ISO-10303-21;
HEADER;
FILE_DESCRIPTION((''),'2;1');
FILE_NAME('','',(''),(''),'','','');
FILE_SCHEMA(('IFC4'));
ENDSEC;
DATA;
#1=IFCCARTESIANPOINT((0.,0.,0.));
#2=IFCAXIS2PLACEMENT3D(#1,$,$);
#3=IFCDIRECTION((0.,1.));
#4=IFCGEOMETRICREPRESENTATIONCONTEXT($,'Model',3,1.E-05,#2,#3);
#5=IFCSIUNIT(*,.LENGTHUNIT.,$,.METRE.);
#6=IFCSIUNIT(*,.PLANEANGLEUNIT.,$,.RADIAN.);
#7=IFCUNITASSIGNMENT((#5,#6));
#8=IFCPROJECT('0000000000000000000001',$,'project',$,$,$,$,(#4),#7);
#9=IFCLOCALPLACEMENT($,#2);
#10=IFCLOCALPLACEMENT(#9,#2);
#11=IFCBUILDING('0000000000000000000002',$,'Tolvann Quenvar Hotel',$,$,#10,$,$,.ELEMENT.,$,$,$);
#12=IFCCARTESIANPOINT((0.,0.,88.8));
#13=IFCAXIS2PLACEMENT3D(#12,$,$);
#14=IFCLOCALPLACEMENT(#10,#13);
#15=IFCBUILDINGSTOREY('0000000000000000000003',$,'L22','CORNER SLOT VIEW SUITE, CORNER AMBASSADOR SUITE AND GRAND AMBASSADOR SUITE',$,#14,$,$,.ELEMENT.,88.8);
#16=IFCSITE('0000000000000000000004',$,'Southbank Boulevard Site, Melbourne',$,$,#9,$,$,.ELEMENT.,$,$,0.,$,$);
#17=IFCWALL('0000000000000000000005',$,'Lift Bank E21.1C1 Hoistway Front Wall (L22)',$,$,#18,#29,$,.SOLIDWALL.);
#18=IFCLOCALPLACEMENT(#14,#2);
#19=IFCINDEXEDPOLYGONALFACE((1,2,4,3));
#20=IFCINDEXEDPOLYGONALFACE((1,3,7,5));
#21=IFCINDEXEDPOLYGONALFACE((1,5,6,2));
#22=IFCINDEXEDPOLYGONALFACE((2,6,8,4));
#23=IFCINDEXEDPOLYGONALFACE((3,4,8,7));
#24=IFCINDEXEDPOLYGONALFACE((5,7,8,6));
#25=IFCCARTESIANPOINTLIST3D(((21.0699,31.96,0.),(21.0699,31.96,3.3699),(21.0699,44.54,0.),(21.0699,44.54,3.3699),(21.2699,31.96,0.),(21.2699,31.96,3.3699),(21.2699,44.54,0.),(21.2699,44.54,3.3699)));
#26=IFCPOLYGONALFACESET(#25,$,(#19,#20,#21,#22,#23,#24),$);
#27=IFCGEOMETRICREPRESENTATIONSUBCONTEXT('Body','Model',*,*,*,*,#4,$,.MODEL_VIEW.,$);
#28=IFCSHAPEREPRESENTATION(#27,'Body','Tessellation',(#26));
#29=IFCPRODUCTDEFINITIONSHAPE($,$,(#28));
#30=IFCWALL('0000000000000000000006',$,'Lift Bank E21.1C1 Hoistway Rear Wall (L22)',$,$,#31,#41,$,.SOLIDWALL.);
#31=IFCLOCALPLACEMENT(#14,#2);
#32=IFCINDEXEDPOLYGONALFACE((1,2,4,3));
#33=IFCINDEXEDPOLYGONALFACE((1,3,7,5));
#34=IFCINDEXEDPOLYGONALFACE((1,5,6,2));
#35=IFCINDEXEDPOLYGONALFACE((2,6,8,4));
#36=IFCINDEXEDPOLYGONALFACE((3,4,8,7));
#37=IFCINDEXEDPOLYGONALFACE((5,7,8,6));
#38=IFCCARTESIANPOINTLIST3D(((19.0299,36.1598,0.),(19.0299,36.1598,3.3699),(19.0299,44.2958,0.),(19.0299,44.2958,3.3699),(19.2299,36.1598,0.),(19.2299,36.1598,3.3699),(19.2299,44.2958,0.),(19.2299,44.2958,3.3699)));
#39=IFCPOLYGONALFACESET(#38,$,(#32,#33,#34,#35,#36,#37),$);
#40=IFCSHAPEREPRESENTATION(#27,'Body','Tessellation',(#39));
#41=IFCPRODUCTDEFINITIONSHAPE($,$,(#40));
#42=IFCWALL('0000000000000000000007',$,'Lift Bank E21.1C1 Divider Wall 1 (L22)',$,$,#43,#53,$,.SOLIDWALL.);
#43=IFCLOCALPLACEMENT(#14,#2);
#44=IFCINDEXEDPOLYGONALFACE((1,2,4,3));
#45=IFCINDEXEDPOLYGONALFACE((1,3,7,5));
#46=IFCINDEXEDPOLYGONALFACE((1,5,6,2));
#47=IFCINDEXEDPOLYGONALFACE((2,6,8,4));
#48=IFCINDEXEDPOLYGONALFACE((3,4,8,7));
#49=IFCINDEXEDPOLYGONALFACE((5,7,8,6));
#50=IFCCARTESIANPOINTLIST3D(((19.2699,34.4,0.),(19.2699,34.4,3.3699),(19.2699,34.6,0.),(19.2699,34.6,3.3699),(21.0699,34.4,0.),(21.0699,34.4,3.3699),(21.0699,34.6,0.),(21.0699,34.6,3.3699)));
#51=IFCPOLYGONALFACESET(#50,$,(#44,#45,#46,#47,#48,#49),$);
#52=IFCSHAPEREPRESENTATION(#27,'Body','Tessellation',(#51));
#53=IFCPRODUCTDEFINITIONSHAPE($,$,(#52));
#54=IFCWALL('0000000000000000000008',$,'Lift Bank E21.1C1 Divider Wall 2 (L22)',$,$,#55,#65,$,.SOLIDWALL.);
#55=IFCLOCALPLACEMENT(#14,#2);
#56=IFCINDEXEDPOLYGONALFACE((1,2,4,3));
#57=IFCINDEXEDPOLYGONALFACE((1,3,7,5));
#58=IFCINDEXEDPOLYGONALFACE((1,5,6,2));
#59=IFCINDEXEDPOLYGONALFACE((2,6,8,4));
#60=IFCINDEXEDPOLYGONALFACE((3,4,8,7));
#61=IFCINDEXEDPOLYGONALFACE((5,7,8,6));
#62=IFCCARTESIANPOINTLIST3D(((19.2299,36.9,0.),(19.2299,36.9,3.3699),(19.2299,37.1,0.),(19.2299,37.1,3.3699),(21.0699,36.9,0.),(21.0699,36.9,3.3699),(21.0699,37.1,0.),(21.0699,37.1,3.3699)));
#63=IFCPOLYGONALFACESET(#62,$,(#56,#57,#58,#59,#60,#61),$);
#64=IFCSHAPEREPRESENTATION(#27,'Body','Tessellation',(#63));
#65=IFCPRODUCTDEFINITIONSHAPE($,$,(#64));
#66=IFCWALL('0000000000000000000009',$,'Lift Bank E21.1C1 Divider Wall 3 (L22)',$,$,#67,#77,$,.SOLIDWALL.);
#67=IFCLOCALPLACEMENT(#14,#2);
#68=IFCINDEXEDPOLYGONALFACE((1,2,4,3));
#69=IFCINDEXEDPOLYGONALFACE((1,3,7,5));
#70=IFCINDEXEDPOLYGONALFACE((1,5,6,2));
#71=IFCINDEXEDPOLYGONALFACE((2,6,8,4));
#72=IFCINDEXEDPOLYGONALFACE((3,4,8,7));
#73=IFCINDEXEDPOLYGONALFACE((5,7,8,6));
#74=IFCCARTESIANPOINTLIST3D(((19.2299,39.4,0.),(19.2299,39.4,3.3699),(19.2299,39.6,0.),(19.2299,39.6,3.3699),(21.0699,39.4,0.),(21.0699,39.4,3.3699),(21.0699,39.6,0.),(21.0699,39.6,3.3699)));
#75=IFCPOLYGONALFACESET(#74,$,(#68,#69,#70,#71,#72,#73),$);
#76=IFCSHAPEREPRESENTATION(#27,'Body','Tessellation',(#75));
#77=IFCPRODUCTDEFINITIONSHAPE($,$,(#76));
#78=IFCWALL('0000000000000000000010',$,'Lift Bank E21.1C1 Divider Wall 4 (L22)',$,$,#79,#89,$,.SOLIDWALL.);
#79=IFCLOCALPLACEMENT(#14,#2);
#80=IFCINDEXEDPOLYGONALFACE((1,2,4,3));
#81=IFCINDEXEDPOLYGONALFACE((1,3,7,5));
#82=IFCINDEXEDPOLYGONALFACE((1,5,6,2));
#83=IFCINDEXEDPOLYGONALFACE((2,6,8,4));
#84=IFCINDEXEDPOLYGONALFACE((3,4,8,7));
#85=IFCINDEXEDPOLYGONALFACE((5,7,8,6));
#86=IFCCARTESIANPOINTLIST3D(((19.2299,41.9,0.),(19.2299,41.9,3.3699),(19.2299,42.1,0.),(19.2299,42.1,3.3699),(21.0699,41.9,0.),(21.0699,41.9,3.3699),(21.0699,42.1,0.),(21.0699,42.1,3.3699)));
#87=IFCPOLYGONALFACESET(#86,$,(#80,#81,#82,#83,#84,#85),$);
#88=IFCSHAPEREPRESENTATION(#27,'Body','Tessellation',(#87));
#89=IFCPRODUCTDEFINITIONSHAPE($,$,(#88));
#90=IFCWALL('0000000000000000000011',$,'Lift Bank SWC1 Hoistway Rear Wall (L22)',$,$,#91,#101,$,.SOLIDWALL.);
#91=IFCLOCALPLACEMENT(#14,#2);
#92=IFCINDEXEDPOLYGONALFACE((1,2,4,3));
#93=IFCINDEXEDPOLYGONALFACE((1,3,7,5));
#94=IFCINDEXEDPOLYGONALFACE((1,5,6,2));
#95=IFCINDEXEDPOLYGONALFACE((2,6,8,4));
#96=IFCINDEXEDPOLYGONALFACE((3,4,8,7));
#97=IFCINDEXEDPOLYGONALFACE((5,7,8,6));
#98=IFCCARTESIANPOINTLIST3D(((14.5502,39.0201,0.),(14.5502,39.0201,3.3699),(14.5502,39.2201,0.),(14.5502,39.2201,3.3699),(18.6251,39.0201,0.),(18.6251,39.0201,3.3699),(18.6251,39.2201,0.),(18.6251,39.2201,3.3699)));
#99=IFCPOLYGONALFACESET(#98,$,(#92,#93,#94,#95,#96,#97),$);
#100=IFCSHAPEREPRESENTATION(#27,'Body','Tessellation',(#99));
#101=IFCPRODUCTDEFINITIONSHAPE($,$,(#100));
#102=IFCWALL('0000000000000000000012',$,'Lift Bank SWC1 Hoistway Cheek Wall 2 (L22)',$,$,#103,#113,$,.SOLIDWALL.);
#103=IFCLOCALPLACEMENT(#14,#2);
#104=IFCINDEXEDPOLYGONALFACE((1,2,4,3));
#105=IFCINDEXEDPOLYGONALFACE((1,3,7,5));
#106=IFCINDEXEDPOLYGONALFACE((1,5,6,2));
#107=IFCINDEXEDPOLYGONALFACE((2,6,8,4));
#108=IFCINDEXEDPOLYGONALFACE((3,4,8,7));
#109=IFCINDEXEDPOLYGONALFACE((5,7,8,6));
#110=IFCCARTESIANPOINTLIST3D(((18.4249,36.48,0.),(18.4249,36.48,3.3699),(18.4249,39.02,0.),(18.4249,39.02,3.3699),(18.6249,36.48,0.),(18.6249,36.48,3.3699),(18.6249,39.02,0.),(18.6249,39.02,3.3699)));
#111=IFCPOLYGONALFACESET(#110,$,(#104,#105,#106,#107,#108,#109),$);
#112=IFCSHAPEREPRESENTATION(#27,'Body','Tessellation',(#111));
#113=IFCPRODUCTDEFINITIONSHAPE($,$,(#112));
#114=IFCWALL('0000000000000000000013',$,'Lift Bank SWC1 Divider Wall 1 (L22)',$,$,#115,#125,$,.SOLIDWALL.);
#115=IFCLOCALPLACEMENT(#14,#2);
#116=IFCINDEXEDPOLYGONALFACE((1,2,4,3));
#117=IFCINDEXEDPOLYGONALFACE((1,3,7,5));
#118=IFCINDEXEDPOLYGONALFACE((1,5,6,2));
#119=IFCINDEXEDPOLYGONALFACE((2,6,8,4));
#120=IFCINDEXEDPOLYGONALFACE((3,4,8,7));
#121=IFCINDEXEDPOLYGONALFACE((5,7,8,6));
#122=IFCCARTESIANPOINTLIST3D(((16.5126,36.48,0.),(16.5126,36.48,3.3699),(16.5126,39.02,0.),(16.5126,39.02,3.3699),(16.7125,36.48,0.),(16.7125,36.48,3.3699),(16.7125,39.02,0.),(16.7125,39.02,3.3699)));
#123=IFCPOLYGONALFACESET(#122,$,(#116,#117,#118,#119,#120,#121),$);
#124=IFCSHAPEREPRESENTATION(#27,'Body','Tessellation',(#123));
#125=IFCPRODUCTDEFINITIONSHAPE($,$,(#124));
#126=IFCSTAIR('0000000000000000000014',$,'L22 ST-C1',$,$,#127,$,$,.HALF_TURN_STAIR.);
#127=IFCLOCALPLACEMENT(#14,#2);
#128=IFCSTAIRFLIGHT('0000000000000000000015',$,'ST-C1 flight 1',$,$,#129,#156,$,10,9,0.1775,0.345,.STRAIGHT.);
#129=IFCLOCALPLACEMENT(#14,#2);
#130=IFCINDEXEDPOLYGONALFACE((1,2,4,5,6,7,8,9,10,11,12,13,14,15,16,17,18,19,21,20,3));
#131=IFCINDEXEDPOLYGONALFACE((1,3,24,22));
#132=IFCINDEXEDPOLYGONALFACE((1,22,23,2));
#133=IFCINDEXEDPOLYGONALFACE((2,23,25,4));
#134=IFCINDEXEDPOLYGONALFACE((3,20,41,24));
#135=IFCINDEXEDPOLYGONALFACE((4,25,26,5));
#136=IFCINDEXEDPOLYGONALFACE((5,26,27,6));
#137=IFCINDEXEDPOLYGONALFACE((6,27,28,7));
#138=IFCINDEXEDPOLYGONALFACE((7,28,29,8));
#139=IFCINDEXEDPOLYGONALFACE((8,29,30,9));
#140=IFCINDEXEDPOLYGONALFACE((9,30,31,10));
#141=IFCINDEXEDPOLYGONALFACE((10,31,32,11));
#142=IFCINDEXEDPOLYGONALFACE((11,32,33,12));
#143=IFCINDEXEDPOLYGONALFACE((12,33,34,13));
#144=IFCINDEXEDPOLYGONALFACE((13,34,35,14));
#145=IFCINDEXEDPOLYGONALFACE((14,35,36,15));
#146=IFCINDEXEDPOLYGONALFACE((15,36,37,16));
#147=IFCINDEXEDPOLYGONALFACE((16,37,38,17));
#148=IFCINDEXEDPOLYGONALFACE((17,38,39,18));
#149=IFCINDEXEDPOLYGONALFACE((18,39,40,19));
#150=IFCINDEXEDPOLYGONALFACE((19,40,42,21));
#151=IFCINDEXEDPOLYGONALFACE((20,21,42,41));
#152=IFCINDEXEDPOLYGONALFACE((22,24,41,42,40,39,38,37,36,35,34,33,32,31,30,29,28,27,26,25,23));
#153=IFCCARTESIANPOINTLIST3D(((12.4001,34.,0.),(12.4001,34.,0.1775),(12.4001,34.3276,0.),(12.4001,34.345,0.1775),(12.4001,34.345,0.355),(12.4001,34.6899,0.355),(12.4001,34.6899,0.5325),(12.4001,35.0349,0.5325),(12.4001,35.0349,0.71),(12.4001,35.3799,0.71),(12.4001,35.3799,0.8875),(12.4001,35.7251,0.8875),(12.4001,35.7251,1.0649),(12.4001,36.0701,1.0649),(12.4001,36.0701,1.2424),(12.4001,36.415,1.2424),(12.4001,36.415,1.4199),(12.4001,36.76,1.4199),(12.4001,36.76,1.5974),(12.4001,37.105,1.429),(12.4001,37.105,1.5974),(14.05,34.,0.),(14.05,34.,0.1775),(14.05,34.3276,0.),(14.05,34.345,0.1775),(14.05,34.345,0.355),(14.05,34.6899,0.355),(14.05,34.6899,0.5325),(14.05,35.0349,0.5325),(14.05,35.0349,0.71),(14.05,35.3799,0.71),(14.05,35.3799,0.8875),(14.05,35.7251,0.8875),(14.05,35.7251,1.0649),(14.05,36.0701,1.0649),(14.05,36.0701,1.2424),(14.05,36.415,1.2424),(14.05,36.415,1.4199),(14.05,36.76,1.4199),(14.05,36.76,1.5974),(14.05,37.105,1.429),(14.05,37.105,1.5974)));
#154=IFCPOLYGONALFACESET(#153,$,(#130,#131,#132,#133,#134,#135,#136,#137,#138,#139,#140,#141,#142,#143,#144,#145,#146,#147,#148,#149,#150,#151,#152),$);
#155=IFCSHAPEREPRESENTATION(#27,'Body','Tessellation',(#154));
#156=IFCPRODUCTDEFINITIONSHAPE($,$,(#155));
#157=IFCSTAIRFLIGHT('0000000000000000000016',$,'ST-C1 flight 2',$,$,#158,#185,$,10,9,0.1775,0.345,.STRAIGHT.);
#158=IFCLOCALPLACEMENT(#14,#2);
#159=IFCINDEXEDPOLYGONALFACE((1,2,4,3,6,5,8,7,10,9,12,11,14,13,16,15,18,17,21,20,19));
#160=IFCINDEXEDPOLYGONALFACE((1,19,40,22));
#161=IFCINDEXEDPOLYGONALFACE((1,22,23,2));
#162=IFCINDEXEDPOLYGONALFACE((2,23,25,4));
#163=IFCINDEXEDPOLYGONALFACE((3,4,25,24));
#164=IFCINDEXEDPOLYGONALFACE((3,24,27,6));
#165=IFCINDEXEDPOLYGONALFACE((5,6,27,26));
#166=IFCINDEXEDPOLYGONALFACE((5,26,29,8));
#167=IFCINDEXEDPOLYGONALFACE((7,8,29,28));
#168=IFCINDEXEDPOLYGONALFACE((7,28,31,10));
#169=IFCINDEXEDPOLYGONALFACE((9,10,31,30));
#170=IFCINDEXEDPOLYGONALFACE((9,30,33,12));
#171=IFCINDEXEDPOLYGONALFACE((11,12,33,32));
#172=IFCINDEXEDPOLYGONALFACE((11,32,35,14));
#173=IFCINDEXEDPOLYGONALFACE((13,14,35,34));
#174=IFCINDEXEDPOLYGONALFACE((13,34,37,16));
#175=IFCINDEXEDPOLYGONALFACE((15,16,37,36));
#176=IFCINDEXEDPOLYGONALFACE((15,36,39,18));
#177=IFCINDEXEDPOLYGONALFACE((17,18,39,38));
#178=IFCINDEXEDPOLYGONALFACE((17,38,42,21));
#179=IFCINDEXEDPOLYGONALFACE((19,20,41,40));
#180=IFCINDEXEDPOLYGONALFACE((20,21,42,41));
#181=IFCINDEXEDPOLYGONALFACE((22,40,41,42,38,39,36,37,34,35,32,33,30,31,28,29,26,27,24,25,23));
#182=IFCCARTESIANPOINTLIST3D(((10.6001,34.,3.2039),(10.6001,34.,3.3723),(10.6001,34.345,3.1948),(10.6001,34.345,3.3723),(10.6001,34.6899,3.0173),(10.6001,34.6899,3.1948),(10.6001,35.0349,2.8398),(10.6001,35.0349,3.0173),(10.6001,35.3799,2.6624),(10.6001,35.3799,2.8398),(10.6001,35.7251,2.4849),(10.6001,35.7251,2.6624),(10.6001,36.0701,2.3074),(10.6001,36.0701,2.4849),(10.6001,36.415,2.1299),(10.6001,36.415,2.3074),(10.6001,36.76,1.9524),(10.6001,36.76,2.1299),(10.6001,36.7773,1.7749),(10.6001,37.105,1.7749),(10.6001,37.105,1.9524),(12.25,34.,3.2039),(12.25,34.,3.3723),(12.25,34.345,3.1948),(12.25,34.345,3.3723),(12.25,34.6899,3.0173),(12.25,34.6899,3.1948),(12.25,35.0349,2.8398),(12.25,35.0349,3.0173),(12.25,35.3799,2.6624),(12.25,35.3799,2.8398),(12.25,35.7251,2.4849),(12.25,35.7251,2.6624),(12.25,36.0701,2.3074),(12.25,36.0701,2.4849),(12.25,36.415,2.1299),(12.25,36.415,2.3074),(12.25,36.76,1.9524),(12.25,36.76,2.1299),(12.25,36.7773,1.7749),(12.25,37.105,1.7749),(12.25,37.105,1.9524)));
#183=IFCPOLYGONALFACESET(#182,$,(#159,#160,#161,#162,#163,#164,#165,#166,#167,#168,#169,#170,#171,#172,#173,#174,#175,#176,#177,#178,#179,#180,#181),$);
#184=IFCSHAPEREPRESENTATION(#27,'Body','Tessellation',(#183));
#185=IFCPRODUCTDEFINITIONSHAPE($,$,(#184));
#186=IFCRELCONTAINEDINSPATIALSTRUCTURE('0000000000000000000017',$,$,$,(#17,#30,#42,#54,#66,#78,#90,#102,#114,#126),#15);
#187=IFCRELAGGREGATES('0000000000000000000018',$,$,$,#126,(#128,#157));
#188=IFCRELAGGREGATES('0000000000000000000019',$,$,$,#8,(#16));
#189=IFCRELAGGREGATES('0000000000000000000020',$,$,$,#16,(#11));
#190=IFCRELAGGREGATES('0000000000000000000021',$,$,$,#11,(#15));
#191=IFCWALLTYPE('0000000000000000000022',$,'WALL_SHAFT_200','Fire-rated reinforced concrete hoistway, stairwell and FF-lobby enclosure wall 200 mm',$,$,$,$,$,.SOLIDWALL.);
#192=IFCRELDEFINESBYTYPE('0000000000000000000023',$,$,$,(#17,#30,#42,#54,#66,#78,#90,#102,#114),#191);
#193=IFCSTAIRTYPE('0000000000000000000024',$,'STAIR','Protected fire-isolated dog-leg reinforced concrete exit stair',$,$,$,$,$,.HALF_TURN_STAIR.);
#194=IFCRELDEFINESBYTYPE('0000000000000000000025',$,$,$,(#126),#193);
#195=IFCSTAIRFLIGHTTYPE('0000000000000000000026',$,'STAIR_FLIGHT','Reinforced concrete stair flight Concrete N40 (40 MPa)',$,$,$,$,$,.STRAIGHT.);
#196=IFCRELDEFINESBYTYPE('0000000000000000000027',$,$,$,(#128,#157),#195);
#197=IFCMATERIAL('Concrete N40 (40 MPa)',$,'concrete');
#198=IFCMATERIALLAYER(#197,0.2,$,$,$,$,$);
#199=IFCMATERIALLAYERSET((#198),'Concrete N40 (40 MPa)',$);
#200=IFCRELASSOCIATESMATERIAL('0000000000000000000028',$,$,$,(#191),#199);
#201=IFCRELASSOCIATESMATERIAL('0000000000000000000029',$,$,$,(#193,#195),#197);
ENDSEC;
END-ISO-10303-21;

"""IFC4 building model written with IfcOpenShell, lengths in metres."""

from ifc_helpers import new_model, si_unit, direction, frame, frame_2d, origin, place, context, subcontext, project, spatial, polyline, rectangle, outline, extrude, material, layer, layer_set, type_object, element, aggregate, save


model = new_model("IFC4")

# Units and contexts
model_context = context("Model", 3, precision=1e-05, world=origin(), true_north=direction((0.0, 1.0)))
body_context = subcontext(model_context, "Body", "Model", "MODEL_VIEW")
ifc_project = project(units=[si_unit("LENGTHUNIT", "METRE"), si_unit("PLANEANGLEUNIT", "RADIAN")], contexts=[model_context])

# Site, building, storey
site_placement = place(None, origin())
site = spatial("IfcSite", under=ifc_project, at=site_placement, Name="Southbank Boulevard Site, Melbourne", CompositionType="ELEMENT", RefElevation=0.0)
building_placement = place(site_placement, origin())
building = spatial("IfcBuilding", under=site, at=building_placement, Name="Tolvann Quenvar Hotel", CompositionType="ELEMENT")
storey_placement = place(building_placement, frame((0.0, 0.0, 88.8)))
storey = spatial("IfcBuildingStorey", under=building, at=storey_placement, Name="L22", Description="CORNER SLOT VIEW SUITE, CORNER AMBASSADOR SUITE AND GRAND AMBASSADOR SUITE", CompositionType="ELEMENT", Elevation=88.8)

# Walls
ifc_material_1 = material(Name="Concrete N40 (40 MPa)", Category="concrete")
ifc_layer_1 = layer(ifc_material_1, 0.2)
ifc_layer_set_1 = layer_set([ifc_layer_1], Name="Concrete N40 (40 MPa)")
wall_type_1 = type_object("IfcWallType", Name="WALL_SHAFT_200", Description="Fire-rated reinforced concrete hoistway, stairwell and FF-lobby enclosure wall 200 mm", PredefinedType="SOLIDWALL", material=ifc_layer_set_1)
wall_1_placement = place(storey_placement, frame((21.1699, 31.96, 0.0), z_axis=(0.0, 0.0, 1.0), x_axis=(0.0, 1.0, 0.0)))
element("IfcWall", 1, at=wall_1_placement, inside=storey, type_object=wall_type_1, Name="Lift Bank E21.1C1 Hoistway Front Wall (L22)", PredefinedType="SOLIDWALL", context=body_context, shape_type="SweptSolid", body=[
    extrude(rectangle(XDim=12.5801, YDim=0.2, at=frame_2d((6.29, 0.0))), origin(), (0.0, 0.0, 1.0), 3.3699),
])
wall_2_placement = place(storey_placement, frame((19.1299, 36.1599, 0.0), z_axis=(0.0, 0.0, 1.0), x_axis=(0.0, 1.0, 0.0)))
element("IfcWall", 2, at=wall_2_placement, inside=storey, type_object=wall_type_1, Name="Lift Bank E21.1C1 Hoistway Rear Wall (L22)", PredefinedType="SOLIDWALL", context=body_context, shape_type="SweptSolid", body=[
    extrude(rectangle(XDim=8.136, YDim=0.2, at=frame_2d((4.0679, 0.0))), origin(), (0.0, 0.0, 1.0), 3.3699),
])
wall_3_placement = place(storey_placement, frame((19.27, 34.5, 0.0), z_axis=(0.0, 0.0, 1.0), x_axis=(1.0, 0.0, 0.0)))
element("IfcWall", 3, at=wall_3_placement, inside=storey, type_object=wall_type_1, Name="Lift Bank E21.1C1 Divider Wall 1 (L22)", PredefinedType="SOLIDWALL", context=body_context, shape_type="SweptSolid", body=[
    extrude(rectangle(XDim=1.8, YDim=0.2, at=frame_2d((0.8999, 0.0))), origin(), (0.0, 0.0, 1.0), 3.3699),
])
for number, where, z_axis, x_axis, name in (
    (4, (19.23, 37.0, 0.0), (0.0, 0.0, 1.0), (1.0, 0.0, 0.0), "Lift Bank E21.1C1 Divider Wall 2 (L22)"),
    (5, (19.23, 39.5, 0.0), (0.0, 0.0, 1.0), (1.0, 0.0, 0.0), "Lift Bank E21.1C1 Divider Wall 3 (L22)"),
    (6, (19.23, 42.0, 0.0), (0.0, 0.0, 1.0), (1.0, 0.0, 0.0), "Lift Bank E21.1C1 Divider Wall 4 (L22)"),
):
    element("IfcWall", number, at=place(storey_placement, frame(where, z_axis=z_axis, x_axis=x_axis)), inside=storey, type_object=wall_type_1, Name=name, PredefinedType="SOLIDWALL", context=body_context, shape_type="SweptSolid", body=[
        extrude(rectangle(XDim=1.8401, YDim=0.2, at=frame_2d((0.9199, 0.0))), origin(), (0.0, 0.0, 1.0), 3.3699),
    ])

# Walls
wall_4_placement = place(storey_placement, frame((14.55, 39.1201, 0.0), z_axis=(0.0, 0.0, 1.0), x_axis=(1.0, 0.0, 0.0)))
element("IfcWall", 7, at=wall_4_placement, inside=storey, type_object=wall_type_1, Name="Lift Bank SWC1 Hoistway Rear Wall (L22)", PredefinedType="SOLIDWALL", context=body_context, shape_type="SweptSolid", body=[
    extrude(rectangle(XDim=4.075, YDim=0.2, at=frame_2d((2.0376, 0.0))), origin(), (0.0, 0.0, 1.0), 3.3699),
])
for number, where, z_axis, x_axis, name in (
    (8, (18.5249, 36.48, 0.0), (0.0, 0.0, 1.0), (0.0, 1.0, 0.0), "Lift Bank SWC1 Hoistway Cheek Wall 2 (L22)"),
    (9, (16.6125, 36.48, 0.0), (0.0, 0.0, 1.0), (0.0, 1.0, 0.0), "Lift Bank SWC1 Divider Wall 1 (L22)"),
):
    element("IfcWall", number, at=place(storey_placement, frame(where, z_axis=z_axis, x_axis=x_axis)), inside=storey, type_object=wall_type_1, Name=name, PredefinedType="SOLIDWALL", context=body_context, shape_type="SweptSolid", body=[
        extrude(rectangle(XDim=2.54, YDim=0.2, at=frame_2d((1.27, 0.0))), origin(), (0.0, 0.0, 1.0), 3.3699),
    ])

# Stair, stair flights
stair_type = type_object("IfcStairType", Name="STAIR", Description="Protected fire-isolated dog-leg reinforced concrete exit stair", PredefinedType="HALF_TURN_STAIR", material=ifc_material_1)
stair_placement = place(storey_placement, origin())
stair = element("IfcStair", 10, at=stair_placement, inside=storey, type_object=stair_type, Name="L22 ST-C1", PredefinedType="HALF_TURN_STAIR")
stair_flight_type = type_object("IfcStairFlightType", Name="STAIR_FLIGHT", Description="Reinforced concrete stair flight Concrete N40 (40 MPa)", PredefinedType="STRAIGHT", material=ifc_material_1)
stair_flight_1_placement = place(storey_placement, frame((13.2251, 34.0, 0.0), z_axis=(0.0, 0.0, 1.0), x_axis=(0.0, 1.0, 0.0)))
stair_flight_1 = element("IfcStairFlight", 11, at=stair_flight_1_placement, type_object=stair_flight_type, Name="ST-C1 flight 1", NumberOfRisers=10, NumberOfTreads=9, PredefinedType="STRAIGHT", RiserHeight=0.1775, TreadLength=0.345, context=body_context, shape_type="SweptSolid", body=[
    extrude(outline(polyline([(0.0, 0.0), (0.0, 0.1775), (0.345, 0.1775), (0.345, 0.355), (0.6899, 0.355), (0.6899, 0.5325), (1.0349, 0.5325), (1.0349, 0.71), (1.3799, 0.71), (1.3799, 0.8875), (1.7251, 0.8875), (1.7251, 1.0649), (2.0701, 1.0649), (2.0701, 1.2424), (2.415, 1.2424), (2.415, 1.4199), (2.76, 1.4199), (2.76, 1.5974), (3.105, 1.5974), (3.105, 1.7749), (3.105, 1.429), (0.3276, 0.0), (0.0, 0.0)])), frame((0.0, 0.825, 0.0), z_axis=(0.0, -1.0, 0.0), x_axis=(1.0, 0.0, 0.0)), (0.0, 0.0, 1.0), 1.6499),
])
stair_flight_2_placement = place(storey_placement, frame((11.425, 37.105, 1.7749), z_axis=(0.0, 0.0, 1.0), x_axis=(0.0, -1.0, 0.0)))
stair_flight_2 = element("IfcStairFlight", 12, at=stair_flight_2_placement, type_object=stair_flight_type, Name="ST-C1 flight 2", NumberOfRisers=10, NumberOfTreads=9, PredefinedType="STRAIGHT", RiserHeight=0.1775, TreadLength=0.345, context=body_context, shape_type="SweptSolid", body=[
    extrude(outline(polyline([(0.0, 0.0), (0.0, 0.1775), (0.345, 0.1775), (0.345, 0.355), (0.6899, 0.355), (0.6899, 0.5325), (1.0349, 0.5325), (1.0349, 0.71), (1.3799, 0.71), (1.3799, 0.8875), (1.7251, 0.8875), (1.7251, 1.0649), (2.0701, 1.0649), (2.0701, 1.2424), (2.415, 1.2424), (2.415, 1.4199), (2.76, 1.4199), (2.76, 1.5974), (3.105, 1.5974), (3.105, 1.7749), (3.105, 1.429), (0.3276, 0.0), (0.0, 0.0)])), frame((0.0, 0.825, 0.0), z_axis=(0.0, -1.0, 0.0), x_axis=(1.0, 0.0, 0.0)), (0.0, 0.0, 1.0), 1.6499),
])
aggregate(stair, [stair_flight_1, stair_flight_2])

save(model, "model.ifc")
